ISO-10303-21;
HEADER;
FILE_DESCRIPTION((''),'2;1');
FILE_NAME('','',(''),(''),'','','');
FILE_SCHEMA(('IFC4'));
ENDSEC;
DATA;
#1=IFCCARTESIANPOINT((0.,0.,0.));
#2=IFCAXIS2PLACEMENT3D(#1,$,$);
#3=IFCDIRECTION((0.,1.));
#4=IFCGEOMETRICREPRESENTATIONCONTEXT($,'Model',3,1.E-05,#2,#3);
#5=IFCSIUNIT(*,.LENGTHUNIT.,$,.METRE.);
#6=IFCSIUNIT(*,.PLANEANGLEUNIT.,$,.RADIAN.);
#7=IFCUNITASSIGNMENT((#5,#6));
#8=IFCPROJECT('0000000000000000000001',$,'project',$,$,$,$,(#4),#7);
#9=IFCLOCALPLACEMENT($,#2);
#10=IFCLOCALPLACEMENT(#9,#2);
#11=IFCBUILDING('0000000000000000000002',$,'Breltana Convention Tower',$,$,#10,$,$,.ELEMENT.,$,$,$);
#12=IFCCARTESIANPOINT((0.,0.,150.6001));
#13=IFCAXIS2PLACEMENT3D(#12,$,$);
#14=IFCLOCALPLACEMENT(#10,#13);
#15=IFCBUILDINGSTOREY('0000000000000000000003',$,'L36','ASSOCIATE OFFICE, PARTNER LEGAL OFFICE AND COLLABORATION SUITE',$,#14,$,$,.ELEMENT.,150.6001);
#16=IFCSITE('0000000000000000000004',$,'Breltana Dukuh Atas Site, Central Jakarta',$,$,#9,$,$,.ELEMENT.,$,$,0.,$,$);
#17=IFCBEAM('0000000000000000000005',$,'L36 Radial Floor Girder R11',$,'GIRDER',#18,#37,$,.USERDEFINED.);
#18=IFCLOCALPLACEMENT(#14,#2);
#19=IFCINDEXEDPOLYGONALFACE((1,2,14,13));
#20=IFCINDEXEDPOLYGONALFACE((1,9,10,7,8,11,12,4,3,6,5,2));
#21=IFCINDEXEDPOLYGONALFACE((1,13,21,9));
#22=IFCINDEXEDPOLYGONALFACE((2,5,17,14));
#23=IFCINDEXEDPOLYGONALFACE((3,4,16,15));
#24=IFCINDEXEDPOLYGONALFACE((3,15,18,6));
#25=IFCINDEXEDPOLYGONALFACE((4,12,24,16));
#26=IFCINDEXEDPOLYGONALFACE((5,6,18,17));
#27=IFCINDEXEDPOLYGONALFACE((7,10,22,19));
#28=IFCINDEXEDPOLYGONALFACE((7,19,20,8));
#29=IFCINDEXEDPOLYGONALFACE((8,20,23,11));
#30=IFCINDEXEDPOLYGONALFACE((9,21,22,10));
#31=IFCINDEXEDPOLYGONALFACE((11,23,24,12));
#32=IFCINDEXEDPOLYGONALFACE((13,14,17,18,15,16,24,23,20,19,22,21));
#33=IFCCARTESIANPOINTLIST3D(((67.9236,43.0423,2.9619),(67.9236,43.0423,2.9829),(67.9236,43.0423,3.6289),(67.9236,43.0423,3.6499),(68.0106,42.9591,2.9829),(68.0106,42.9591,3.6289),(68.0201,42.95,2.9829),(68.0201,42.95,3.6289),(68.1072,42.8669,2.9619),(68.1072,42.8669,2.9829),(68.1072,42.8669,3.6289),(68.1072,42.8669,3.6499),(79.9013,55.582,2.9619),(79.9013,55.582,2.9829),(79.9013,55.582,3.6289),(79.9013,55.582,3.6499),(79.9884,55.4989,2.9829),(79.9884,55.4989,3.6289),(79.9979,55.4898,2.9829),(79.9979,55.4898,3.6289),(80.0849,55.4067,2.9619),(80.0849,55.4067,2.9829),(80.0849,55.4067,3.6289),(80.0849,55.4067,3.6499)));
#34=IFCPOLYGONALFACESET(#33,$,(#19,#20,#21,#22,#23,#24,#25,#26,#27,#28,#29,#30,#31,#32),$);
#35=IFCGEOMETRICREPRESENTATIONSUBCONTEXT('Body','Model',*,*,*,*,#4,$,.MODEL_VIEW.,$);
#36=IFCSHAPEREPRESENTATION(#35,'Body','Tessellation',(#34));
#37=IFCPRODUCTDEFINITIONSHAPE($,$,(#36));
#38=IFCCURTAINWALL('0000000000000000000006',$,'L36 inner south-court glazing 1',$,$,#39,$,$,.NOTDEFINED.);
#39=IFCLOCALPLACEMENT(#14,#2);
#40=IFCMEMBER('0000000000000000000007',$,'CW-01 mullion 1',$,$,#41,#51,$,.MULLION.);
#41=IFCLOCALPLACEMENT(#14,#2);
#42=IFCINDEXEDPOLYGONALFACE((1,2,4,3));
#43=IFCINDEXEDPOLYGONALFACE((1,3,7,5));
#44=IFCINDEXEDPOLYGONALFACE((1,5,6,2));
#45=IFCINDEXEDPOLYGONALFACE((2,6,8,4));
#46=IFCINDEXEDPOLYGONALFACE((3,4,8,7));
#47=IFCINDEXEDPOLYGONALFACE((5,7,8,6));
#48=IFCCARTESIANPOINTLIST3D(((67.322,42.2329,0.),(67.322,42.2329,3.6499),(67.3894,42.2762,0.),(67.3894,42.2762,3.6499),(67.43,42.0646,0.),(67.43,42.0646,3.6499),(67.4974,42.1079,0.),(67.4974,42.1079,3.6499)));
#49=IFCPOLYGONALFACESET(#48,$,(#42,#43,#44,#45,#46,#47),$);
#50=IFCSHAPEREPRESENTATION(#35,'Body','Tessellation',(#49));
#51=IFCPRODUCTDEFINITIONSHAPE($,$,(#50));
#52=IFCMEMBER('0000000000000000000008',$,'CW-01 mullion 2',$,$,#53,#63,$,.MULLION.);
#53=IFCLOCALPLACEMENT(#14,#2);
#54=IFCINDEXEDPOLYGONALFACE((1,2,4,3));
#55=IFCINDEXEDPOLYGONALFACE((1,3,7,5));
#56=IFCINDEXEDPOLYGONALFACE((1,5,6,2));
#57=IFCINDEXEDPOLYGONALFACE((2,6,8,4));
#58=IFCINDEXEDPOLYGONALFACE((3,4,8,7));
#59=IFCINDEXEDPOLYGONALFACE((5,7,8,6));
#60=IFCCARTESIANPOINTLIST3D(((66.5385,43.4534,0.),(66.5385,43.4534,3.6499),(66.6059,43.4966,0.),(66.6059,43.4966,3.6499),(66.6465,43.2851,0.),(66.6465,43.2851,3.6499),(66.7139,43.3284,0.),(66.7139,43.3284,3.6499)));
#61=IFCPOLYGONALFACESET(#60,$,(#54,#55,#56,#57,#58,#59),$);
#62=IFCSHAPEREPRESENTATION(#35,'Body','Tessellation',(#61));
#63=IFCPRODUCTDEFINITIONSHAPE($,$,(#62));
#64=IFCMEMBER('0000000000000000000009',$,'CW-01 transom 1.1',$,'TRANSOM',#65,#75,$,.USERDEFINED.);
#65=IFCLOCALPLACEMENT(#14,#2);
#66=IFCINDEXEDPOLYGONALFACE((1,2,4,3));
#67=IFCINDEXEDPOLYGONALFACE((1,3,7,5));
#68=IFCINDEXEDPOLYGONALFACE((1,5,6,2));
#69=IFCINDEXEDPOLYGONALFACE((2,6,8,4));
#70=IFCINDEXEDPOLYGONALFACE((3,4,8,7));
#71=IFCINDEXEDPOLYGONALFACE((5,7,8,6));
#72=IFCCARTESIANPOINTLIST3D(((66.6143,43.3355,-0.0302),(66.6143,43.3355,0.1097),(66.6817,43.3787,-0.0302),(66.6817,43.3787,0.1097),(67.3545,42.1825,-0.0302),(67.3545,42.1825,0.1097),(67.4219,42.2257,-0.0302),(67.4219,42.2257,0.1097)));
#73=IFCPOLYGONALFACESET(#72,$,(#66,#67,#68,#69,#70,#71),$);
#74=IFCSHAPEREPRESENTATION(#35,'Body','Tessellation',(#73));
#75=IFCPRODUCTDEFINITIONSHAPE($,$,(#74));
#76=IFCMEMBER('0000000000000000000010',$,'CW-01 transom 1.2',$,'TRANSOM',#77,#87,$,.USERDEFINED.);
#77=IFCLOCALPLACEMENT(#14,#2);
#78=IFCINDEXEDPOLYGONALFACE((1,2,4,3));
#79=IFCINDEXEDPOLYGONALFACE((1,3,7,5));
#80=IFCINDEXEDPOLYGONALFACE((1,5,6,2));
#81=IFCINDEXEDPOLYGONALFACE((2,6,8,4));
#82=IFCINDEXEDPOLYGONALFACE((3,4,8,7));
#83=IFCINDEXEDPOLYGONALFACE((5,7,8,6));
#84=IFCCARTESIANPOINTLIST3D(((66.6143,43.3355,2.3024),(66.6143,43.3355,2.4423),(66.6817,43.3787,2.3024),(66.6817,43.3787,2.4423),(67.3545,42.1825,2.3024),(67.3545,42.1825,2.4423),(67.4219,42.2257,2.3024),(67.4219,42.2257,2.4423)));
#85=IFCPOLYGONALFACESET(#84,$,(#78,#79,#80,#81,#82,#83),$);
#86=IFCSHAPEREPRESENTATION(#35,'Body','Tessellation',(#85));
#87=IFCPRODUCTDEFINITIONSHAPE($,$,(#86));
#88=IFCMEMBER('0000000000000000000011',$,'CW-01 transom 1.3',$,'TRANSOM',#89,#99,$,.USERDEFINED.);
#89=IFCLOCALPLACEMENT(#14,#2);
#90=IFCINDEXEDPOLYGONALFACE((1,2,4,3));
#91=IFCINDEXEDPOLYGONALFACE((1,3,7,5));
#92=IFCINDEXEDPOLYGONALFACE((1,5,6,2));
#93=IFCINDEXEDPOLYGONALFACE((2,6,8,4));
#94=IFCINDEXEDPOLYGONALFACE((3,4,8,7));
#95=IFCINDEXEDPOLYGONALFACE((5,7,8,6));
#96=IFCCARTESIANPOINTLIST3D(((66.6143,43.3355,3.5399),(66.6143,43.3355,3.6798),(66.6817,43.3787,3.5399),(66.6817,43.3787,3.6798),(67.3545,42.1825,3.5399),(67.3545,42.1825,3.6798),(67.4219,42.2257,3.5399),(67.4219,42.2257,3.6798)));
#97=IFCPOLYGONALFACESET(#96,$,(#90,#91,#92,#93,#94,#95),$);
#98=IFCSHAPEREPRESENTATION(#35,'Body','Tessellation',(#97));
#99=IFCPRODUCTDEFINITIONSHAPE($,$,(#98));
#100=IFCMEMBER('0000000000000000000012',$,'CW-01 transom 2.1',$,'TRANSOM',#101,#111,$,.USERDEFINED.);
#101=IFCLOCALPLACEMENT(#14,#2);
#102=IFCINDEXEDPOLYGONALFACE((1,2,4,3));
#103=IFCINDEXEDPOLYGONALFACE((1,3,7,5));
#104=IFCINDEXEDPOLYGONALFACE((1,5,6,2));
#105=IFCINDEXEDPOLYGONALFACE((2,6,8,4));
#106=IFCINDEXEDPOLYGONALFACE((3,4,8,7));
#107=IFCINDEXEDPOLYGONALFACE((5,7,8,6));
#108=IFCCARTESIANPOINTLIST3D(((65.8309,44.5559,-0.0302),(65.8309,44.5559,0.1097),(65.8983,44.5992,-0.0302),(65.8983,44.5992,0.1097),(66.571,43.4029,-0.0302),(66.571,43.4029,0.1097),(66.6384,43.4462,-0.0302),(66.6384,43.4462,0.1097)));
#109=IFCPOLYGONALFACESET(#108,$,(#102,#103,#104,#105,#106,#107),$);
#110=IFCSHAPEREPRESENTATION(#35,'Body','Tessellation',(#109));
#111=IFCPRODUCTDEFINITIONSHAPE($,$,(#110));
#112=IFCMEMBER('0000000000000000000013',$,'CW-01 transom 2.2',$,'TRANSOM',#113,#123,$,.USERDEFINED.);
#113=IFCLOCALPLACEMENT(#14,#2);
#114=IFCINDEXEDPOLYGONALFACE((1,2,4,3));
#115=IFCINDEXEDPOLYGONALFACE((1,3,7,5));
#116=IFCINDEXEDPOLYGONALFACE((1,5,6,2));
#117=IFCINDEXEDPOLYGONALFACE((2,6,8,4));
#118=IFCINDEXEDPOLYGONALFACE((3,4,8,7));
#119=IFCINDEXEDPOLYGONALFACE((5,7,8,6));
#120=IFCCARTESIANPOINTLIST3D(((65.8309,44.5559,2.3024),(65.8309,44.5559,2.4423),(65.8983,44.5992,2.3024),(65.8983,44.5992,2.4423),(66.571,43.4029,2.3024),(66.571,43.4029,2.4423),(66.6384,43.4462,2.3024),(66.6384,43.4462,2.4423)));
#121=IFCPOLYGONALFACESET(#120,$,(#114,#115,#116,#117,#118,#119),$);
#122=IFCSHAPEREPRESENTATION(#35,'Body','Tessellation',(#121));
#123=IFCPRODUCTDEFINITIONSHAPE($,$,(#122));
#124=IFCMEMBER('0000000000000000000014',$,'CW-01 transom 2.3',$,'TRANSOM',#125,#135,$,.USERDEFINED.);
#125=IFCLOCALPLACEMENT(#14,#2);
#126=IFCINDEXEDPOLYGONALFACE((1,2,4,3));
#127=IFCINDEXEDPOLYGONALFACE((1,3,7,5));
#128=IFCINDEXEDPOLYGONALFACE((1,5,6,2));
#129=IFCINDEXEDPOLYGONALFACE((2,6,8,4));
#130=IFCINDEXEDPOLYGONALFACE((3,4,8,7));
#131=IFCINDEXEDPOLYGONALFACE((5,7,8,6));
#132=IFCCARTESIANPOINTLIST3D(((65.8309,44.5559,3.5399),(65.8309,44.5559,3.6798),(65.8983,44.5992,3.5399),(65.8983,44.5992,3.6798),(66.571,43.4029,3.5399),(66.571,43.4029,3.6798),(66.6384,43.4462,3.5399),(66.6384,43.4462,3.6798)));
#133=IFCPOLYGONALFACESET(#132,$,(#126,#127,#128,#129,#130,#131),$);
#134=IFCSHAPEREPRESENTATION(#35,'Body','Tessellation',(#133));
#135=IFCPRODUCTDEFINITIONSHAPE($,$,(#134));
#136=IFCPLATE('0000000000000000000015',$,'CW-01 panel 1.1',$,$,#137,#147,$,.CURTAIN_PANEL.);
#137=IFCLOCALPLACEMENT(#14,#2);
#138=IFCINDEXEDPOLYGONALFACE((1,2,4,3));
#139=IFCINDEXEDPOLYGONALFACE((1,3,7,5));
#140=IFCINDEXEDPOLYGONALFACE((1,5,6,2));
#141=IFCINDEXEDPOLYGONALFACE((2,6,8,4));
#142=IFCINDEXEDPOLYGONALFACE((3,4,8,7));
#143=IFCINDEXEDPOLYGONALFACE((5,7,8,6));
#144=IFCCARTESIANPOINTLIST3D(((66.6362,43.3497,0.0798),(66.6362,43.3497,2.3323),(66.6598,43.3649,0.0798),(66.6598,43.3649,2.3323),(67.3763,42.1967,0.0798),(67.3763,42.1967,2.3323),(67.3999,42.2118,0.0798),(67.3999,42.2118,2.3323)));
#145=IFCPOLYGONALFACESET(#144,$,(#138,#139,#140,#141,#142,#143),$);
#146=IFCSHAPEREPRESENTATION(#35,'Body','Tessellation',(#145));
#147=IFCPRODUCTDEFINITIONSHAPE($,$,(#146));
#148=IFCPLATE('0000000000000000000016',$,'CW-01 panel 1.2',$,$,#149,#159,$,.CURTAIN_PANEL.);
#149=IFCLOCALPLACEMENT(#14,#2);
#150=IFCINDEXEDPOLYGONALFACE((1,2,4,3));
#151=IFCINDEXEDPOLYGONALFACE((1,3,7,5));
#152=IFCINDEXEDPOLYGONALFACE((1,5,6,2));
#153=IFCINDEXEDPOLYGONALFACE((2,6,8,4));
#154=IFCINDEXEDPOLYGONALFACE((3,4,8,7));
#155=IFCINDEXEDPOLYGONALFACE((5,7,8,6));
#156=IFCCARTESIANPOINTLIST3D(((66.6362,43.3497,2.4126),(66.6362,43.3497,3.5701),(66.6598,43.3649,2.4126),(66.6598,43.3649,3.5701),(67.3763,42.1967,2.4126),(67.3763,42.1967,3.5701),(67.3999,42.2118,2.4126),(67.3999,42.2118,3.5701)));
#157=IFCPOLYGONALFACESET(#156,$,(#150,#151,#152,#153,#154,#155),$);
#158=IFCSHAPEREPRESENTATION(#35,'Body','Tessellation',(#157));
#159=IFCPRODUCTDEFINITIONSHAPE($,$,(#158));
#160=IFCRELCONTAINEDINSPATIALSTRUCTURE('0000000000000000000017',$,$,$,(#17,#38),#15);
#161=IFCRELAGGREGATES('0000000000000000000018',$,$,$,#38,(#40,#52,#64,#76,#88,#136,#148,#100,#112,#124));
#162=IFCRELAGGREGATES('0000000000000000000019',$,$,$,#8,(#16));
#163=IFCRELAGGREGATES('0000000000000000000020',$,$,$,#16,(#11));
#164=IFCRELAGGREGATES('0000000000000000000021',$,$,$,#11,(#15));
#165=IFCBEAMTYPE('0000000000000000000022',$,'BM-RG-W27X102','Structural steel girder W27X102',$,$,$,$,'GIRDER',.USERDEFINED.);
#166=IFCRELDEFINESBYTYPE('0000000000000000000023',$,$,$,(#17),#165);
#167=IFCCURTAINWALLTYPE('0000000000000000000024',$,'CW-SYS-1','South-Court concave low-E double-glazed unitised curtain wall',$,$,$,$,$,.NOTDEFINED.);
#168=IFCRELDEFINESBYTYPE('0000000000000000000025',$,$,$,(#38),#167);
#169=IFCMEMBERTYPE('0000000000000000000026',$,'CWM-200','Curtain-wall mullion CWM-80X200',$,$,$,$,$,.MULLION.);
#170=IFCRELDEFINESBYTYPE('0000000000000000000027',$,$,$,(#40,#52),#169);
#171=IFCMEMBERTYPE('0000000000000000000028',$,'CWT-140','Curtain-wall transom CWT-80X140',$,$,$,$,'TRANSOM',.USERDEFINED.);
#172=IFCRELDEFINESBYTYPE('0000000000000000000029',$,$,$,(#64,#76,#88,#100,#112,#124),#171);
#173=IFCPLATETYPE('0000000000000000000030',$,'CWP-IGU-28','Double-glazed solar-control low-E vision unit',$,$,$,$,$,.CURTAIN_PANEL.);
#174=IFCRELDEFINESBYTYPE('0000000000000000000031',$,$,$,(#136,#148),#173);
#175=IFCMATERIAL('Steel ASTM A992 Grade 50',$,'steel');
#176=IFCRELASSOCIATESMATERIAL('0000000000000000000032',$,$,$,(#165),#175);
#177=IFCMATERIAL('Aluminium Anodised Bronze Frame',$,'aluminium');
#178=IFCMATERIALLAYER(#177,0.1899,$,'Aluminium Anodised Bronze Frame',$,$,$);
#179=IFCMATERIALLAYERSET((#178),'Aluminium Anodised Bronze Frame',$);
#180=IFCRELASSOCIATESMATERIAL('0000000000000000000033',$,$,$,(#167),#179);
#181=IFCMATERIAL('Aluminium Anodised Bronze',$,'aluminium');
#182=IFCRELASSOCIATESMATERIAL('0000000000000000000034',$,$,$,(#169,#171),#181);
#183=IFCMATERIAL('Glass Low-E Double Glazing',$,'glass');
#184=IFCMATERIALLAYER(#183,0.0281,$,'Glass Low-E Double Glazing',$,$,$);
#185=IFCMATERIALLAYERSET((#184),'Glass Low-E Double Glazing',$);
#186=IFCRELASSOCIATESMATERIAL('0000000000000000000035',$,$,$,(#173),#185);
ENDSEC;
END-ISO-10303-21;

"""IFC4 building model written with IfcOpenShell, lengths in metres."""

from ifc_helpers import new_model, si_unit, direction, frame, origin, origin_2d, place, context, subcontext, project, spatial, rectangle, i_section, extrude, source, transform, mapped, material, layer, layer_set, material_profile, profile_set, type_object, type_shapes, element, aggregate, save


model = new_model("IFC4")

# Units and contexts
model_context = context("Model", 3, precision=1e-05, world=origin(), true_north=direction((0.0, 1.0)))
body_context = subcontext(model_context, "Body", "Model", "MODEL_VIEW")
ifc_project = project(units=[si_unit("LENGTHUNIT", "METRE"), si_unit("PLANEANGLEUNIT", "RADIAN")], contexts=[model_context])

# Site, building, storey
site_placement = place(None, origin())
site = spatial("IfcSite", under=ifc_project, at=site_placement, Name="Breltana Dukuh Atas Site, Central Jakarta", CompositionType="ELEMENT", RefElevation=0.0)
building_placement = place(site_placement, origin())
building = spatial("IfcBuilding", under=site, at=building_placement, Name="Breltana Convention Tower", CompositionType="ELEMENT")
storey_placement = place(building_placement, frame((0.0, 0.0, 150.6001)))
storey = spatial("IfcBuildingStorey", under=building, at=storey_placement, Name="L36", Description="ASSOCIATE OFFICE, PARTNER LEGAL OFFICE AND COLLABORATION SUITE", CompositionType="ELEMENT", Elevation=150.6001)

# Beam
ifc_material_1 = material(Name="Steel ASTM A992 Grade 50", Category="steel")
ifc_material_profile_1 = material_profile(ifc_material_1, i_section(OverallWidth=0.2539, OverallDepth=0.688, WebThickness=0.0132, FlangeThickness=0.021, at=origin_2d()), Name="W27X102")
ifc_profile_set_1 = profile_set([ifc_material_profile_1], Name="Steel ASTM A992 Grade 50")
beam_type = type_object("IfcBeamType", Name="BM-RG-W27X102", Description="Structural steel girder W27X102", ElementType="GIRDER", PredefinedType="USERDEFINED", material=ifc_profile_set_1)
shared_shape_1 = source(origin(), body_context, "Body", "SweptSolid", [
    extrude(i_section(OverallWidth=0.2539, OverallDepth=0.688, WebThickness=0.0132, FlangeThickness=0.021, at=origin_2d()), origin(), (0.0, 0.0, 1.0), 17.3411),
])
type_shapes(beam_type, [shared_shape_1])
beam_placement = place(storey_placement, frame((68.0154, 42.9546, 3.3059), z_axis=(0.690716, 0.723126, 0.0), x_axis=(-0.723126, 0.690716, 0.0)))
element("IfcBeam", 1, at=beam_placement, inside=storey, type_object=beam_type, Name="L36 Radial Floor Girder R11", ObjectType="GIRDER", PredefinedType="USERDEFINED", context=body_context, shape_type="MappedRepresentation", body=[
    mapped(shared_shape_1, transform((0.0, 0.0, 0.0), scale=1.0)),
])

# Curtain wall, members, plates
ifc_material_2 = material(Name="Aluminium Anodised Bronze Frame", Category="aluminium")
ifc_layer_1 = layer(ifc_material_2, 0.1899, Name="Aluminium Anodised Bronze Frame")
ifc_layer_set_1 = layer_set([ifc_layer_1], Name="Aluminium Anodised Bronze Frame")
curtain_wall_type = type_object("IfcCurtainWallType", Name="CW-SYS-1", Description="South-Court concave low-E double-glazed unitised curtain wall", PredefinedType="NOTDEFINED", material=ifc_layer_set_1)
curtain_wall_placement = place(storey_placement, origin())
curtain_wall = element("IfcCurtainWall", 2, at=curtain_wall_placement, inside=storey, type_object=curtain_wall_type, Name="L36 inner south-court glazing 1", PredefinedType="NOTDEFINED")
ifc_material_3 = material(Name="Aluminium Anodised Bronze", Category="aluminium")
ifc_material_profile_2 = material_profile(ifc_material_3, rectangle(XDim=0.0801, YDim=0.2, at=origin_2d()), Name="CWM-80X200")
ifc_profile_set_2 = profile_set([ifc_material_profile_2], Name="Aluminium Anodised Bronze")
member_type_1 = type_object("IfcMemberType", Name="CWM-200", Description="Curtain-wall mullion CWM-80X200", PredefinedType="MULLION", material=ifc_profile_set_2)
shared_shape_2 = source(origin(), body_context, "Body", "SweptSolid", [
    extrude(rectangle(XDim=0.0801, YDim=0.2, at=origin_2d()), origin(), (0.0, 0.0, 1.0), 3.6499),
])
member_1_placement = place(storey_placement, frame((67.4097, 42.1704, 0.0), z_axis=(0.0, 0.0, 1.0), x_axis=(-0.841547, -0.540184, 0.0)))
member_1 = element("IfcMember", 3, at=member_1_placement, type_object=member_type_1, Name="CW-01 mullion 1", PredefinedType="MULLION", context=body_context, shape_type="MappedRepresentation", body=[
    mapped(shared_shape_2, transform((0.0, 0.0, 0.0), scale=1.0)),
])
member_2_placement = place(storey_placement, frame((66.6262, 43.3909, 0.0), z_axis=(0.0, 0.0, 1.0), x_axis=(-0.841547, -0.540184, 0.0)))
member_2 = element("IfcMember", 4, at=member_2_placement, type_object=member_type_1, Name="CW-01 mullion 2", PredefinedType="MULLION", context=body_context, shape_type="MappedRepresentation", body=[
    mapped(shared_shape_2, transform((0.0, 0.0, 0.0), scale=1.0)),
])
ifc_material_profile_3 = material_profile(ifc_material_3, rectangle(XDim=0.0801, YDim=0.1399, at=origin_2d()), Name="CWT-80X140")
ifc_profile_set_3 = profile_set([ifc_material_profile_3], Name="Aluminium Anodised Bronze")
member_type_2 = type_object("IfcMemberType", Name="CWT-140", Description="Curtain-wall transom CWT-80X140", ElementType="TRANSOM", PredefinedType="USERDEFINED", material=ifc_profile_set_3)
shared_shape_3 = source(origin(), body_context, "Body", "SweptSolid", [
    extrude(rectangle(XDim=0.0801, YDim=0.1399, at=origin_2d()), origin(), (0.0, 0.0, 1.0), 1.3701),
])
member_3_placement = place(storey_placement, frame((67.3882, 42.2041, 0.0398), z_axis=(-0.540226, 0.84152, 0.0), x_axis=(-0.84152, -0.540226, 0.0)))
member_3 = element("IfcMember", 5, at=member_3_placement, type_object=member_type_2, Name="CW-01 transom 1.1", ObjectType="TRANSOM", PredefinedType="USERDEFINED", context=body_context, shape_type="MappedRepresentation", body=[
    mapped(shared_shape_3, transform((0.0, 0.0, 0.0), scale=1.0)),
])
member_4_placement = place(storey_placement, frame((67.3882, 42.2041, 2.3723), z_axis=(-0.540226, 0.84152, 0.0), x_axis=(-0.84152, -0.540226, 0.0)))
member_4 = element("IfcMember", 6, at=member_4_placement, type_object=member_type_2, Name="CW-01 transom 1.2", ObjectType="TRANSOM", PredefinedType="USERDEFINED", context=body_context, shape_type="MappedRepresentation", body=[
    mapped(shared_shape_3, transform((0.0, 0.0, 0.0), scale=1.0)),
])
member_5_placement = place(storey_placement, frame((67.3882, 42.2041, 3.6099), z_axis=(-0.540226, 0.84152, 0.0), x_axis=(-0.84152, -0.540226, 0.0)))
member_5 = element("IfcMember", 7, at=member_5_placement, type_object=member_type_2, Name="CW-01 transom 1.3", ObjectType="TRANSOM", PredefinedType="USERDEFINED", context=body_context, shape_type="MappedRepresentation", body=[
    mapped(shared_shape_3, transform((0.0, 0.0, 0.0), scale=1.0)),
])
member_6_placement = place(storey_placement, frame((66.6047, 43.4246, 0.0398), z_axis=(-0.540226, 0.84152, 0.0), x_axis=(-0.84152, -0.540226, 0.0)))
member_6 = element("IfcMember", 8, at=member_6_placement, type_object=member_type_2, Name="CW-01 transom 2.1", ObjectType="TRANSOM", PredefinedType="USERDEFINED", context=body_context, shape_type="MappedRepresentation", body=[
    mapped(shared_shape_3, transform((0.0, 0.0, 0.0), scale=1.0)),
])
member_7_placement = place(storey_placement, frame((66.6047, 43.4246, 2.3723), z_axis=(-0.540226, 0.84152, 0.0), x_axis=(-0.84152, -0.540226, 0.0)))
member_7 = element("IfcMember", 9, at=member_7_placement, type_object=member_type_2, Name="CW-01 transom 2.2", ObjectType="TRANSOM", PredefinedType="USERDEFINED", context=body_context, shape_type="MappedRepresentation", body=[
    mapped(shared_shape_3, transform((0.0, 0.0, 0.0), scale=1.0)),
])
member_8_placement = place(storey_placement, frame((66.6047, 43.4246, 3.6099), z_axis=(-0.540226, 0.84152, 0.0), x_axis=(-0.84152, -0.540226, 0.0)))
member_8 = element("IfcMember", 10, at=member_8_placement, type_object=member_type_2, Name="CW-01 transom 2.3", ObjectType="TRANSOM", PredefinedType="USERDEFINED", context=body_context, shape_type="MappedRepresentation", body=[
    mapped(shared_shape_3, transform((0.0, 0.0, 0.0), scale=1.0)),
])
ifc_material_4 = material(Name="Glass Low-E Double Glazing", Category="glass")
ifc_layer_2 = layer(ifc_material_4, 0.0281, Name="Glass Low-E Double Glazing")
ifc_layer_set_2 = layer_set([ifc_layer_2], Name="Glass Low-E Double Glazing")
plate_type = type_object("IfcPlateType", Name="CWP-IGU-28", Description="Double-glazed solar-control low-E vision unit", PredefinedType="CURTAIN_PANEL", material=ifc_layer_set_2)
shared_shape_4 = source(origin(), body_context, "Body", "SweptSolid", [
    extrude(rectangle(XDim=1.3701, YDim=0.0281, at=origin_2d()), origin(), (0.0, 0.0, 1.0), 2.2524),
])
plate_1_placement = place(storey_placement, frame((67.0181, 42.7808, 0.0798), z_axis=(0.0, 0.0, 1.0), x_axis=(-0.540184, 0.841547, 0.0)))
plate_1 = element("IfcPlate", 11, at=plate_1_placement, type_object=plate_type, Name="CW-01 panel 1.1", PredefinedType="CURTAIN_PANEL", context=body_context, shape_type="MappedRepresentation", body=[
    mapped(shared_shape_4, transform((0.0, 0.0, 0.0), scale=1.0)),
])
shared_shape_5 = source(origin(), body_context, "Body", "SweptSolid", [
    extrude(rectangle(XDim=1.3701, YDim=0.0281, at=origin_2d()), origin(), (0.0, 0.0, 1.0), 1.1575),
])
plate_2_placement = place(storey_placement, frame((67.0181, 42.7808, 2.4126), z_axis=(0.0, 0.0, 1.0), x_axis=(-0.540184, 0.841547, 0.0)))
plate_2 = element("IfcPlate", 12, at=plate_2_placement, type_object=plate_type, Name="CW-01 panel 1.2", PredefinedType="CURTAIN_PANEL", context=body_context, shape_type="MappedRepresentation", body=[
    mapped(shared_shape_5, transform((0.0, 0.0, 0.0), scale=1.0)),
])
aggregate(curtain_wall, [member_1, member_2, member_3, member_4, member_5, plate_1, plate_2, member_6, member_7, member_8])

save(model, "model.ifc")
